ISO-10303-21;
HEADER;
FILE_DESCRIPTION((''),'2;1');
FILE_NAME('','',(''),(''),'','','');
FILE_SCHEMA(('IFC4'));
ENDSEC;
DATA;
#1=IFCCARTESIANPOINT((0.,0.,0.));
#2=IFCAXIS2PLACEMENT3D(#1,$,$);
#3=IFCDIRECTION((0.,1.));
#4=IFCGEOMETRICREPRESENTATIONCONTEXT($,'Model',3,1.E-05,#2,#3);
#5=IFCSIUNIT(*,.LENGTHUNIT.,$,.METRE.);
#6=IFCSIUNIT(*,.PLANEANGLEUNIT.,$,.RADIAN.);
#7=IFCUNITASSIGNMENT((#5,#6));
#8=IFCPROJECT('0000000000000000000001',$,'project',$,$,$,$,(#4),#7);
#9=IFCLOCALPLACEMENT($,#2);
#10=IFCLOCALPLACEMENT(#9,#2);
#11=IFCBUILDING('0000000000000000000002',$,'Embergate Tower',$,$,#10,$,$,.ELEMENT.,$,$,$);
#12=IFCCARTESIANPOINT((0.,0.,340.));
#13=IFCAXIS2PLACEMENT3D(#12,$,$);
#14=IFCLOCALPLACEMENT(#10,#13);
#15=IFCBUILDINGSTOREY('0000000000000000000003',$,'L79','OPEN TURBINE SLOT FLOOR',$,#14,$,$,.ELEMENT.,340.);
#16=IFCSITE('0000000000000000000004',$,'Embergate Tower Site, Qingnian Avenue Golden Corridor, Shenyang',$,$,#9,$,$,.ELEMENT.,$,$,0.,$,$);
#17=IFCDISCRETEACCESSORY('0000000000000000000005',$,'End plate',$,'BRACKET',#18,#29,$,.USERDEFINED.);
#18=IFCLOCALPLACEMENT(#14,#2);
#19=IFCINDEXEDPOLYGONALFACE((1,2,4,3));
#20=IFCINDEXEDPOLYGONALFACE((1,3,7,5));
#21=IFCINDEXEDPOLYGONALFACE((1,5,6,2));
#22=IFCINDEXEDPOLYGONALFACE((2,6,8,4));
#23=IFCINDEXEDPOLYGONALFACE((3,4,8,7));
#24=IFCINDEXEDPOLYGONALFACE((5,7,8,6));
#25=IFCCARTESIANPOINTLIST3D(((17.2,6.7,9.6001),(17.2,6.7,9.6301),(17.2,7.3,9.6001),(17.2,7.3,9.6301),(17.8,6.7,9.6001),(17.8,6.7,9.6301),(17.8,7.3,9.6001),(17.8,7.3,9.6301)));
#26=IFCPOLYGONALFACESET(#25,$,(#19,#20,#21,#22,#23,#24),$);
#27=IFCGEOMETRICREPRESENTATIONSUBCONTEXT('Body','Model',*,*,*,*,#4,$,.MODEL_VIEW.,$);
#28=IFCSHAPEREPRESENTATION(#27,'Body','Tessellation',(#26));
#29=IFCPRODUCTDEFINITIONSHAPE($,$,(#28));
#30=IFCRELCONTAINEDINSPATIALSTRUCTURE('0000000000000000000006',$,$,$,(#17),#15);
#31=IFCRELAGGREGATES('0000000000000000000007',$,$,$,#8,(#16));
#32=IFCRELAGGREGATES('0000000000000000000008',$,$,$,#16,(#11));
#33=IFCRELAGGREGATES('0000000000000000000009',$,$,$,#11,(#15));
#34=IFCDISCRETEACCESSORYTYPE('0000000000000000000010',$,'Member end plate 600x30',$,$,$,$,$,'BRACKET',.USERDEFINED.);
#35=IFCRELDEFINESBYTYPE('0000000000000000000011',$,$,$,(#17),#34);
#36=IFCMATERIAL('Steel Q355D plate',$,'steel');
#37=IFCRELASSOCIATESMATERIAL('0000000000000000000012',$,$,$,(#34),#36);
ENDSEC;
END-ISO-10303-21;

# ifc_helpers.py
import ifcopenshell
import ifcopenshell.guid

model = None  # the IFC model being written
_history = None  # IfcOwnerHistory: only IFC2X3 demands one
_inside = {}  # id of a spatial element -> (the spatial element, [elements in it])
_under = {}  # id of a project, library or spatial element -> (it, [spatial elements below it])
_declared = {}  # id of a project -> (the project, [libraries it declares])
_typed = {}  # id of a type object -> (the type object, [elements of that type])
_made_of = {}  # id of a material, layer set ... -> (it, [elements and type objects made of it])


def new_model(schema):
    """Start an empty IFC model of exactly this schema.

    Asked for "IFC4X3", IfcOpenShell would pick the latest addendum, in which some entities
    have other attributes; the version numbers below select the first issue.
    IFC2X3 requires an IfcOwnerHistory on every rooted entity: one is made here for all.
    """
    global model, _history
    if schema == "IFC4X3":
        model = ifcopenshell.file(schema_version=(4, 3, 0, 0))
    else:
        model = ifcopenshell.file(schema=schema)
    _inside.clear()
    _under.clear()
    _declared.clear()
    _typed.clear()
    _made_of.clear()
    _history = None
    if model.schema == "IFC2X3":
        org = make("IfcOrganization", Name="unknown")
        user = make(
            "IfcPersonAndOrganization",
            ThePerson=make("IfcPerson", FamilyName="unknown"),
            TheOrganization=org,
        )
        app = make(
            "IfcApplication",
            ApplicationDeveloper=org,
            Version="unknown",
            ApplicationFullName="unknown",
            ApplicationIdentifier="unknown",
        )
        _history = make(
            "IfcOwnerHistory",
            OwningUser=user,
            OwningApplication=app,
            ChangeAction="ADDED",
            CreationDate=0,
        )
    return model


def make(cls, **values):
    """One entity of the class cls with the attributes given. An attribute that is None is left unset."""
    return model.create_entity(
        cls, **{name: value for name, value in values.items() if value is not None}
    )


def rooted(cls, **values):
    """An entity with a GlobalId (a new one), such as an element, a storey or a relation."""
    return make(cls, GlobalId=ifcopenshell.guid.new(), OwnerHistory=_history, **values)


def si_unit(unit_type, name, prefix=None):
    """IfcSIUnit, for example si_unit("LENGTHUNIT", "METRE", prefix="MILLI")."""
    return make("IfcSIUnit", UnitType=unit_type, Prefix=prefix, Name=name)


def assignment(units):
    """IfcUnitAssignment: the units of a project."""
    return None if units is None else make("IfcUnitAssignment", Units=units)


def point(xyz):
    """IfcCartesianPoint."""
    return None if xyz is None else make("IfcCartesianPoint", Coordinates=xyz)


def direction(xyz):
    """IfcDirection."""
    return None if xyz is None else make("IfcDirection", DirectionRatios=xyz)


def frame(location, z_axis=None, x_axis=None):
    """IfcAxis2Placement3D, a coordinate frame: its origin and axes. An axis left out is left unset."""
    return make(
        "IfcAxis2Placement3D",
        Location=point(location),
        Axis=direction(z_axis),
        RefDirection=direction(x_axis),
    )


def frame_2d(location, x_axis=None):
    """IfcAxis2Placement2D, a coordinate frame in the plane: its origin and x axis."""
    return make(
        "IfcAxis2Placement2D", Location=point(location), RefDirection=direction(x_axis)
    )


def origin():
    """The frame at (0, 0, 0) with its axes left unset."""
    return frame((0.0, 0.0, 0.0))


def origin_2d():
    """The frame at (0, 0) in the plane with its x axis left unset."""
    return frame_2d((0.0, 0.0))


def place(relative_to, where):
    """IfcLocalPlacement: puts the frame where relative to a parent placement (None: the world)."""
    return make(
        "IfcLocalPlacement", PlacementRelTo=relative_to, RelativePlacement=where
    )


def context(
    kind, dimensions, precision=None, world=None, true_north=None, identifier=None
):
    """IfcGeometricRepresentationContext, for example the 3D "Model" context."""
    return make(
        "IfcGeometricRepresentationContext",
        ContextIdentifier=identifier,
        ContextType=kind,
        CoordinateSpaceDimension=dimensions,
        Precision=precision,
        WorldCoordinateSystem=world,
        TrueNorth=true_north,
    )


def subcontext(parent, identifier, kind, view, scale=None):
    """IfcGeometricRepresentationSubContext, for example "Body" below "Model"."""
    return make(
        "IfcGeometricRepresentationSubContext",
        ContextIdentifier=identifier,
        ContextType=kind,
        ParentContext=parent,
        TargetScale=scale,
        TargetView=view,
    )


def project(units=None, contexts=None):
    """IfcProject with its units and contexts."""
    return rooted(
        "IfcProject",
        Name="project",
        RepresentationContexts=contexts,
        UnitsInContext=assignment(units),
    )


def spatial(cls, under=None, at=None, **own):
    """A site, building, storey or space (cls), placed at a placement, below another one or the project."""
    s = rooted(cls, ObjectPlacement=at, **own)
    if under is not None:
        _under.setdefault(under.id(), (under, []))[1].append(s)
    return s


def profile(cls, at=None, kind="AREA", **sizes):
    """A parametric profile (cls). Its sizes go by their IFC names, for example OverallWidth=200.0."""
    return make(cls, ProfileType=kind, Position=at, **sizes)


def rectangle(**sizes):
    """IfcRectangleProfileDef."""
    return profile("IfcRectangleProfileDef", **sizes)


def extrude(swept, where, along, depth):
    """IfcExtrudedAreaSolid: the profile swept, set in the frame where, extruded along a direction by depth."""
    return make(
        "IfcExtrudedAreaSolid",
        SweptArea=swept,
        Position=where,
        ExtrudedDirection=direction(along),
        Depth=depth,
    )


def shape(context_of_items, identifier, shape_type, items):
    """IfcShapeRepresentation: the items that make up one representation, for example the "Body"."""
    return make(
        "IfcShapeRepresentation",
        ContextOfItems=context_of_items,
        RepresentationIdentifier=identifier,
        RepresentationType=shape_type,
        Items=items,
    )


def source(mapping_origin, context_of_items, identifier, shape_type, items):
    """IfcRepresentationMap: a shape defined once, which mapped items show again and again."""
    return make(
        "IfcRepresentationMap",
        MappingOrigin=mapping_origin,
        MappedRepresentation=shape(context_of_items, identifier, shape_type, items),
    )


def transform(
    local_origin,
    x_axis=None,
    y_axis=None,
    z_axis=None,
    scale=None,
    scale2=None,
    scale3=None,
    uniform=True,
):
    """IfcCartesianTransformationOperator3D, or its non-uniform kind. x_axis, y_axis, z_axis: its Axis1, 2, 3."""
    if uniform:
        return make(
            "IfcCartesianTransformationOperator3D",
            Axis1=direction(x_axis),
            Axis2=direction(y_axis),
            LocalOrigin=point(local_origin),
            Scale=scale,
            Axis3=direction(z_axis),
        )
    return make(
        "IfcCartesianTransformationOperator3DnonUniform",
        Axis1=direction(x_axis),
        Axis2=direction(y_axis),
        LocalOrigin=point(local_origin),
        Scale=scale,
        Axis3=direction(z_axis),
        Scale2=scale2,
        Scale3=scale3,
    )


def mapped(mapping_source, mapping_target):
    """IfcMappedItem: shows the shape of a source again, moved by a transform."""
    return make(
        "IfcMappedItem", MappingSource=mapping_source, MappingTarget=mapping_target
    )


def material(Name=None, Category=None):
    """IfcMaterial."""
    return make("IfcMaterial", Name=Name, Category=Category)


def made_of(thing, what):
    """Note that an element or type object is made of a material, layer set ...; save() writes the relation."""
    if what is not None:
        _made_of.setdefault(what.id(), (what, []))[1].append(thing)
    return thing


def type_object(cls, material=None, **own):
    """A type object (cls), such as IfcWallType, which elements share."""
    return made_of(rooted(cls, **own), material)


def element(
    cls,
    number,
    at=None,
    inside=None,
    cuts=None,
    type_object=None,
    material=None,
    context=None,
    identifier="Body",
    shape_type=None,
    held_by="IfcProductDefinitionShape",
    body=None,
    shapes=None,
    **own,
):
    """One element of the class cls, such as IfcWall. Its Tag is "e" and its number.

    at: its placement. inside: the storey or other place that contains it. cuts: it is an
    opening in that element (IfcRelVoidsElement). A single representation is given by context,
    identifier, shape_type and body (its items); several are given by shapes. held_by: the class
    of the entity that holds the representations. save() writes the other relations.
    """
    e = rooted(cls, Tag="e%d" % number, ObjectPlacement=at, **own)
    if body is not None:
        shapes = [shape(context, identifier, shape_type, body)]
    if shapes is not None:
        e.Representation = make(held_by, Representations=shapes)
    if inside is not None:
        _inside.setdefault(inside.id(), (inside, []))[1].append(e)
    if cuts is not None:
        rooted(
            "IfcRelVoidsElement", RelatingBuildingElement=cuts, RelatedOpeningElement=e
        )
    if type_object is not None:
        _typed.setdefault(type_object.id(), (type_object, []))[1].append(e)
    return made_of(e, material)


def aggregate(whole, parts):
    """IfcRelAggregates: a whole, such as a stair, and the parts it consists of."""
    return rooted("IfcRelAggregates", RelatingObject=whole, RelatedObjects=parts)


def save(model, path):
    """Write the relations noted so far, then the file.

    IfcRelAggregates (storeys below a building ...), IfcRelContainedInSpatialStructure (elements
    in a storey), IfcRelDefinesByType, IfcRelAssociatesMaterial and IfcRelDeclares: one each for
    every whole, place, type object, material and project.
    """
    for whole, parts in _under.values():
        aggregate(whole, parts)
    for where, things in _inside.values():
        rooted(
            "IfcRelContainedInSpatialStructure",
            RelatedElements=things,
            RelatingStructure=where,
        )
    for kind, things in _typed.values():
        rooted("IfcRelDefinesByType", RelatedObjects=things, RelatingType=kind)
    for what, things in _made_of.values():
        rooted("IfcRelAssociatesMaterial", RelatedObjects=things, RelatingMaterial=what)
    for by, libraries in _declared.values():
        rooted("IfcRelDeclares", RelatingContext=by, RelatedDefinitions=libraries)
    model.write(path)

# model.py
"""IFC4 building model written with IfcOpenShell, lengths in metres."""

from ifc_helpers import new_model, si_unit, direction, frame, origin, origin_2d, place, context, subcontext, project, spatial, rectangle, extrude, source, transform, mapped, material, type_object, element, save


model = new_model("IFC4")

# Units and contexts
model_context = context("Model", 3, precision=1e-05, world=origin(), true_north=direction((0.0, 1.0)))
body_context = subcontext(model_context, "Body", "Model", "MODEL_VIEW")
ifc_project = project(units=[si_unit("LENGTHUNIT", "METRE"), si_unit("PLANEANGLEUNIT", "RADIAN")], contexts=[model_context])

# Site, building, storey
site_placement = place(None, origin())
site = spatial("IfcSite", under=ifc_project, at=site_placement, Name="Embergate Tower Site, Qingnian Avenue Golden Corridor, Shenyang", CompositionType="ELEMENT", RefElevation=0.0)
building_placement = place(site_placement, origin())
building = spatial("IfcBuilding", under=site, at=building_placement, Name="Embergate Tower", CompositionType="ELEMENT")
storey_placement = place(building_placement, frame((0.0, 0.0, 340.0)))
storey = spatial("IfcBuildingStorey", under=building, at=storey_placement, Name="L79", Description="OPEN TURBINE SLOT FLOOR", CompositionType="ELEMENT", Elevation=340.0)

# Discrete accessory
ifc_material_1 = material(Name="Steel Q355D plate", Category="steel")
discrete_accessory_type_1 = type_object("IfcDiscreteAccessoryType", Name="Member end plate 600x30", ElementType="BRACKET", PredefinedType="USERDEFINED", material=ifc_material_1)
shared_shape_1 = source(origin(), body_context, "Body", "SweptSolid", [
    extrude(rectangle(XDim=0.6001, YDim=0.6001, at=origin_2d()), origin(), (0.0, 0.0, 1.0), 0.03),
])
discrete_accessory_1_placement = place(storey_placement, frame((17.5, 7.0, 9.6001), z_axis=(0.0, 0.0, 1.0), x_axis=(1.0, 0.0, 0.0)))
element("IfcDiscreteAccessory", 1, at=discrete_accessory_1_placement, inside=storey, type_object=discrete_accessory_type_1, Name="End plate", ObjectType="BRACKET", PredefinedType="USERDEFINED", context=body_context, shape_type="MappedRepresentation", body=[
    mapped(shared_shape_1, transform((0.0, 0.0, 0.0))),
])

save(model, "model.ifc")
